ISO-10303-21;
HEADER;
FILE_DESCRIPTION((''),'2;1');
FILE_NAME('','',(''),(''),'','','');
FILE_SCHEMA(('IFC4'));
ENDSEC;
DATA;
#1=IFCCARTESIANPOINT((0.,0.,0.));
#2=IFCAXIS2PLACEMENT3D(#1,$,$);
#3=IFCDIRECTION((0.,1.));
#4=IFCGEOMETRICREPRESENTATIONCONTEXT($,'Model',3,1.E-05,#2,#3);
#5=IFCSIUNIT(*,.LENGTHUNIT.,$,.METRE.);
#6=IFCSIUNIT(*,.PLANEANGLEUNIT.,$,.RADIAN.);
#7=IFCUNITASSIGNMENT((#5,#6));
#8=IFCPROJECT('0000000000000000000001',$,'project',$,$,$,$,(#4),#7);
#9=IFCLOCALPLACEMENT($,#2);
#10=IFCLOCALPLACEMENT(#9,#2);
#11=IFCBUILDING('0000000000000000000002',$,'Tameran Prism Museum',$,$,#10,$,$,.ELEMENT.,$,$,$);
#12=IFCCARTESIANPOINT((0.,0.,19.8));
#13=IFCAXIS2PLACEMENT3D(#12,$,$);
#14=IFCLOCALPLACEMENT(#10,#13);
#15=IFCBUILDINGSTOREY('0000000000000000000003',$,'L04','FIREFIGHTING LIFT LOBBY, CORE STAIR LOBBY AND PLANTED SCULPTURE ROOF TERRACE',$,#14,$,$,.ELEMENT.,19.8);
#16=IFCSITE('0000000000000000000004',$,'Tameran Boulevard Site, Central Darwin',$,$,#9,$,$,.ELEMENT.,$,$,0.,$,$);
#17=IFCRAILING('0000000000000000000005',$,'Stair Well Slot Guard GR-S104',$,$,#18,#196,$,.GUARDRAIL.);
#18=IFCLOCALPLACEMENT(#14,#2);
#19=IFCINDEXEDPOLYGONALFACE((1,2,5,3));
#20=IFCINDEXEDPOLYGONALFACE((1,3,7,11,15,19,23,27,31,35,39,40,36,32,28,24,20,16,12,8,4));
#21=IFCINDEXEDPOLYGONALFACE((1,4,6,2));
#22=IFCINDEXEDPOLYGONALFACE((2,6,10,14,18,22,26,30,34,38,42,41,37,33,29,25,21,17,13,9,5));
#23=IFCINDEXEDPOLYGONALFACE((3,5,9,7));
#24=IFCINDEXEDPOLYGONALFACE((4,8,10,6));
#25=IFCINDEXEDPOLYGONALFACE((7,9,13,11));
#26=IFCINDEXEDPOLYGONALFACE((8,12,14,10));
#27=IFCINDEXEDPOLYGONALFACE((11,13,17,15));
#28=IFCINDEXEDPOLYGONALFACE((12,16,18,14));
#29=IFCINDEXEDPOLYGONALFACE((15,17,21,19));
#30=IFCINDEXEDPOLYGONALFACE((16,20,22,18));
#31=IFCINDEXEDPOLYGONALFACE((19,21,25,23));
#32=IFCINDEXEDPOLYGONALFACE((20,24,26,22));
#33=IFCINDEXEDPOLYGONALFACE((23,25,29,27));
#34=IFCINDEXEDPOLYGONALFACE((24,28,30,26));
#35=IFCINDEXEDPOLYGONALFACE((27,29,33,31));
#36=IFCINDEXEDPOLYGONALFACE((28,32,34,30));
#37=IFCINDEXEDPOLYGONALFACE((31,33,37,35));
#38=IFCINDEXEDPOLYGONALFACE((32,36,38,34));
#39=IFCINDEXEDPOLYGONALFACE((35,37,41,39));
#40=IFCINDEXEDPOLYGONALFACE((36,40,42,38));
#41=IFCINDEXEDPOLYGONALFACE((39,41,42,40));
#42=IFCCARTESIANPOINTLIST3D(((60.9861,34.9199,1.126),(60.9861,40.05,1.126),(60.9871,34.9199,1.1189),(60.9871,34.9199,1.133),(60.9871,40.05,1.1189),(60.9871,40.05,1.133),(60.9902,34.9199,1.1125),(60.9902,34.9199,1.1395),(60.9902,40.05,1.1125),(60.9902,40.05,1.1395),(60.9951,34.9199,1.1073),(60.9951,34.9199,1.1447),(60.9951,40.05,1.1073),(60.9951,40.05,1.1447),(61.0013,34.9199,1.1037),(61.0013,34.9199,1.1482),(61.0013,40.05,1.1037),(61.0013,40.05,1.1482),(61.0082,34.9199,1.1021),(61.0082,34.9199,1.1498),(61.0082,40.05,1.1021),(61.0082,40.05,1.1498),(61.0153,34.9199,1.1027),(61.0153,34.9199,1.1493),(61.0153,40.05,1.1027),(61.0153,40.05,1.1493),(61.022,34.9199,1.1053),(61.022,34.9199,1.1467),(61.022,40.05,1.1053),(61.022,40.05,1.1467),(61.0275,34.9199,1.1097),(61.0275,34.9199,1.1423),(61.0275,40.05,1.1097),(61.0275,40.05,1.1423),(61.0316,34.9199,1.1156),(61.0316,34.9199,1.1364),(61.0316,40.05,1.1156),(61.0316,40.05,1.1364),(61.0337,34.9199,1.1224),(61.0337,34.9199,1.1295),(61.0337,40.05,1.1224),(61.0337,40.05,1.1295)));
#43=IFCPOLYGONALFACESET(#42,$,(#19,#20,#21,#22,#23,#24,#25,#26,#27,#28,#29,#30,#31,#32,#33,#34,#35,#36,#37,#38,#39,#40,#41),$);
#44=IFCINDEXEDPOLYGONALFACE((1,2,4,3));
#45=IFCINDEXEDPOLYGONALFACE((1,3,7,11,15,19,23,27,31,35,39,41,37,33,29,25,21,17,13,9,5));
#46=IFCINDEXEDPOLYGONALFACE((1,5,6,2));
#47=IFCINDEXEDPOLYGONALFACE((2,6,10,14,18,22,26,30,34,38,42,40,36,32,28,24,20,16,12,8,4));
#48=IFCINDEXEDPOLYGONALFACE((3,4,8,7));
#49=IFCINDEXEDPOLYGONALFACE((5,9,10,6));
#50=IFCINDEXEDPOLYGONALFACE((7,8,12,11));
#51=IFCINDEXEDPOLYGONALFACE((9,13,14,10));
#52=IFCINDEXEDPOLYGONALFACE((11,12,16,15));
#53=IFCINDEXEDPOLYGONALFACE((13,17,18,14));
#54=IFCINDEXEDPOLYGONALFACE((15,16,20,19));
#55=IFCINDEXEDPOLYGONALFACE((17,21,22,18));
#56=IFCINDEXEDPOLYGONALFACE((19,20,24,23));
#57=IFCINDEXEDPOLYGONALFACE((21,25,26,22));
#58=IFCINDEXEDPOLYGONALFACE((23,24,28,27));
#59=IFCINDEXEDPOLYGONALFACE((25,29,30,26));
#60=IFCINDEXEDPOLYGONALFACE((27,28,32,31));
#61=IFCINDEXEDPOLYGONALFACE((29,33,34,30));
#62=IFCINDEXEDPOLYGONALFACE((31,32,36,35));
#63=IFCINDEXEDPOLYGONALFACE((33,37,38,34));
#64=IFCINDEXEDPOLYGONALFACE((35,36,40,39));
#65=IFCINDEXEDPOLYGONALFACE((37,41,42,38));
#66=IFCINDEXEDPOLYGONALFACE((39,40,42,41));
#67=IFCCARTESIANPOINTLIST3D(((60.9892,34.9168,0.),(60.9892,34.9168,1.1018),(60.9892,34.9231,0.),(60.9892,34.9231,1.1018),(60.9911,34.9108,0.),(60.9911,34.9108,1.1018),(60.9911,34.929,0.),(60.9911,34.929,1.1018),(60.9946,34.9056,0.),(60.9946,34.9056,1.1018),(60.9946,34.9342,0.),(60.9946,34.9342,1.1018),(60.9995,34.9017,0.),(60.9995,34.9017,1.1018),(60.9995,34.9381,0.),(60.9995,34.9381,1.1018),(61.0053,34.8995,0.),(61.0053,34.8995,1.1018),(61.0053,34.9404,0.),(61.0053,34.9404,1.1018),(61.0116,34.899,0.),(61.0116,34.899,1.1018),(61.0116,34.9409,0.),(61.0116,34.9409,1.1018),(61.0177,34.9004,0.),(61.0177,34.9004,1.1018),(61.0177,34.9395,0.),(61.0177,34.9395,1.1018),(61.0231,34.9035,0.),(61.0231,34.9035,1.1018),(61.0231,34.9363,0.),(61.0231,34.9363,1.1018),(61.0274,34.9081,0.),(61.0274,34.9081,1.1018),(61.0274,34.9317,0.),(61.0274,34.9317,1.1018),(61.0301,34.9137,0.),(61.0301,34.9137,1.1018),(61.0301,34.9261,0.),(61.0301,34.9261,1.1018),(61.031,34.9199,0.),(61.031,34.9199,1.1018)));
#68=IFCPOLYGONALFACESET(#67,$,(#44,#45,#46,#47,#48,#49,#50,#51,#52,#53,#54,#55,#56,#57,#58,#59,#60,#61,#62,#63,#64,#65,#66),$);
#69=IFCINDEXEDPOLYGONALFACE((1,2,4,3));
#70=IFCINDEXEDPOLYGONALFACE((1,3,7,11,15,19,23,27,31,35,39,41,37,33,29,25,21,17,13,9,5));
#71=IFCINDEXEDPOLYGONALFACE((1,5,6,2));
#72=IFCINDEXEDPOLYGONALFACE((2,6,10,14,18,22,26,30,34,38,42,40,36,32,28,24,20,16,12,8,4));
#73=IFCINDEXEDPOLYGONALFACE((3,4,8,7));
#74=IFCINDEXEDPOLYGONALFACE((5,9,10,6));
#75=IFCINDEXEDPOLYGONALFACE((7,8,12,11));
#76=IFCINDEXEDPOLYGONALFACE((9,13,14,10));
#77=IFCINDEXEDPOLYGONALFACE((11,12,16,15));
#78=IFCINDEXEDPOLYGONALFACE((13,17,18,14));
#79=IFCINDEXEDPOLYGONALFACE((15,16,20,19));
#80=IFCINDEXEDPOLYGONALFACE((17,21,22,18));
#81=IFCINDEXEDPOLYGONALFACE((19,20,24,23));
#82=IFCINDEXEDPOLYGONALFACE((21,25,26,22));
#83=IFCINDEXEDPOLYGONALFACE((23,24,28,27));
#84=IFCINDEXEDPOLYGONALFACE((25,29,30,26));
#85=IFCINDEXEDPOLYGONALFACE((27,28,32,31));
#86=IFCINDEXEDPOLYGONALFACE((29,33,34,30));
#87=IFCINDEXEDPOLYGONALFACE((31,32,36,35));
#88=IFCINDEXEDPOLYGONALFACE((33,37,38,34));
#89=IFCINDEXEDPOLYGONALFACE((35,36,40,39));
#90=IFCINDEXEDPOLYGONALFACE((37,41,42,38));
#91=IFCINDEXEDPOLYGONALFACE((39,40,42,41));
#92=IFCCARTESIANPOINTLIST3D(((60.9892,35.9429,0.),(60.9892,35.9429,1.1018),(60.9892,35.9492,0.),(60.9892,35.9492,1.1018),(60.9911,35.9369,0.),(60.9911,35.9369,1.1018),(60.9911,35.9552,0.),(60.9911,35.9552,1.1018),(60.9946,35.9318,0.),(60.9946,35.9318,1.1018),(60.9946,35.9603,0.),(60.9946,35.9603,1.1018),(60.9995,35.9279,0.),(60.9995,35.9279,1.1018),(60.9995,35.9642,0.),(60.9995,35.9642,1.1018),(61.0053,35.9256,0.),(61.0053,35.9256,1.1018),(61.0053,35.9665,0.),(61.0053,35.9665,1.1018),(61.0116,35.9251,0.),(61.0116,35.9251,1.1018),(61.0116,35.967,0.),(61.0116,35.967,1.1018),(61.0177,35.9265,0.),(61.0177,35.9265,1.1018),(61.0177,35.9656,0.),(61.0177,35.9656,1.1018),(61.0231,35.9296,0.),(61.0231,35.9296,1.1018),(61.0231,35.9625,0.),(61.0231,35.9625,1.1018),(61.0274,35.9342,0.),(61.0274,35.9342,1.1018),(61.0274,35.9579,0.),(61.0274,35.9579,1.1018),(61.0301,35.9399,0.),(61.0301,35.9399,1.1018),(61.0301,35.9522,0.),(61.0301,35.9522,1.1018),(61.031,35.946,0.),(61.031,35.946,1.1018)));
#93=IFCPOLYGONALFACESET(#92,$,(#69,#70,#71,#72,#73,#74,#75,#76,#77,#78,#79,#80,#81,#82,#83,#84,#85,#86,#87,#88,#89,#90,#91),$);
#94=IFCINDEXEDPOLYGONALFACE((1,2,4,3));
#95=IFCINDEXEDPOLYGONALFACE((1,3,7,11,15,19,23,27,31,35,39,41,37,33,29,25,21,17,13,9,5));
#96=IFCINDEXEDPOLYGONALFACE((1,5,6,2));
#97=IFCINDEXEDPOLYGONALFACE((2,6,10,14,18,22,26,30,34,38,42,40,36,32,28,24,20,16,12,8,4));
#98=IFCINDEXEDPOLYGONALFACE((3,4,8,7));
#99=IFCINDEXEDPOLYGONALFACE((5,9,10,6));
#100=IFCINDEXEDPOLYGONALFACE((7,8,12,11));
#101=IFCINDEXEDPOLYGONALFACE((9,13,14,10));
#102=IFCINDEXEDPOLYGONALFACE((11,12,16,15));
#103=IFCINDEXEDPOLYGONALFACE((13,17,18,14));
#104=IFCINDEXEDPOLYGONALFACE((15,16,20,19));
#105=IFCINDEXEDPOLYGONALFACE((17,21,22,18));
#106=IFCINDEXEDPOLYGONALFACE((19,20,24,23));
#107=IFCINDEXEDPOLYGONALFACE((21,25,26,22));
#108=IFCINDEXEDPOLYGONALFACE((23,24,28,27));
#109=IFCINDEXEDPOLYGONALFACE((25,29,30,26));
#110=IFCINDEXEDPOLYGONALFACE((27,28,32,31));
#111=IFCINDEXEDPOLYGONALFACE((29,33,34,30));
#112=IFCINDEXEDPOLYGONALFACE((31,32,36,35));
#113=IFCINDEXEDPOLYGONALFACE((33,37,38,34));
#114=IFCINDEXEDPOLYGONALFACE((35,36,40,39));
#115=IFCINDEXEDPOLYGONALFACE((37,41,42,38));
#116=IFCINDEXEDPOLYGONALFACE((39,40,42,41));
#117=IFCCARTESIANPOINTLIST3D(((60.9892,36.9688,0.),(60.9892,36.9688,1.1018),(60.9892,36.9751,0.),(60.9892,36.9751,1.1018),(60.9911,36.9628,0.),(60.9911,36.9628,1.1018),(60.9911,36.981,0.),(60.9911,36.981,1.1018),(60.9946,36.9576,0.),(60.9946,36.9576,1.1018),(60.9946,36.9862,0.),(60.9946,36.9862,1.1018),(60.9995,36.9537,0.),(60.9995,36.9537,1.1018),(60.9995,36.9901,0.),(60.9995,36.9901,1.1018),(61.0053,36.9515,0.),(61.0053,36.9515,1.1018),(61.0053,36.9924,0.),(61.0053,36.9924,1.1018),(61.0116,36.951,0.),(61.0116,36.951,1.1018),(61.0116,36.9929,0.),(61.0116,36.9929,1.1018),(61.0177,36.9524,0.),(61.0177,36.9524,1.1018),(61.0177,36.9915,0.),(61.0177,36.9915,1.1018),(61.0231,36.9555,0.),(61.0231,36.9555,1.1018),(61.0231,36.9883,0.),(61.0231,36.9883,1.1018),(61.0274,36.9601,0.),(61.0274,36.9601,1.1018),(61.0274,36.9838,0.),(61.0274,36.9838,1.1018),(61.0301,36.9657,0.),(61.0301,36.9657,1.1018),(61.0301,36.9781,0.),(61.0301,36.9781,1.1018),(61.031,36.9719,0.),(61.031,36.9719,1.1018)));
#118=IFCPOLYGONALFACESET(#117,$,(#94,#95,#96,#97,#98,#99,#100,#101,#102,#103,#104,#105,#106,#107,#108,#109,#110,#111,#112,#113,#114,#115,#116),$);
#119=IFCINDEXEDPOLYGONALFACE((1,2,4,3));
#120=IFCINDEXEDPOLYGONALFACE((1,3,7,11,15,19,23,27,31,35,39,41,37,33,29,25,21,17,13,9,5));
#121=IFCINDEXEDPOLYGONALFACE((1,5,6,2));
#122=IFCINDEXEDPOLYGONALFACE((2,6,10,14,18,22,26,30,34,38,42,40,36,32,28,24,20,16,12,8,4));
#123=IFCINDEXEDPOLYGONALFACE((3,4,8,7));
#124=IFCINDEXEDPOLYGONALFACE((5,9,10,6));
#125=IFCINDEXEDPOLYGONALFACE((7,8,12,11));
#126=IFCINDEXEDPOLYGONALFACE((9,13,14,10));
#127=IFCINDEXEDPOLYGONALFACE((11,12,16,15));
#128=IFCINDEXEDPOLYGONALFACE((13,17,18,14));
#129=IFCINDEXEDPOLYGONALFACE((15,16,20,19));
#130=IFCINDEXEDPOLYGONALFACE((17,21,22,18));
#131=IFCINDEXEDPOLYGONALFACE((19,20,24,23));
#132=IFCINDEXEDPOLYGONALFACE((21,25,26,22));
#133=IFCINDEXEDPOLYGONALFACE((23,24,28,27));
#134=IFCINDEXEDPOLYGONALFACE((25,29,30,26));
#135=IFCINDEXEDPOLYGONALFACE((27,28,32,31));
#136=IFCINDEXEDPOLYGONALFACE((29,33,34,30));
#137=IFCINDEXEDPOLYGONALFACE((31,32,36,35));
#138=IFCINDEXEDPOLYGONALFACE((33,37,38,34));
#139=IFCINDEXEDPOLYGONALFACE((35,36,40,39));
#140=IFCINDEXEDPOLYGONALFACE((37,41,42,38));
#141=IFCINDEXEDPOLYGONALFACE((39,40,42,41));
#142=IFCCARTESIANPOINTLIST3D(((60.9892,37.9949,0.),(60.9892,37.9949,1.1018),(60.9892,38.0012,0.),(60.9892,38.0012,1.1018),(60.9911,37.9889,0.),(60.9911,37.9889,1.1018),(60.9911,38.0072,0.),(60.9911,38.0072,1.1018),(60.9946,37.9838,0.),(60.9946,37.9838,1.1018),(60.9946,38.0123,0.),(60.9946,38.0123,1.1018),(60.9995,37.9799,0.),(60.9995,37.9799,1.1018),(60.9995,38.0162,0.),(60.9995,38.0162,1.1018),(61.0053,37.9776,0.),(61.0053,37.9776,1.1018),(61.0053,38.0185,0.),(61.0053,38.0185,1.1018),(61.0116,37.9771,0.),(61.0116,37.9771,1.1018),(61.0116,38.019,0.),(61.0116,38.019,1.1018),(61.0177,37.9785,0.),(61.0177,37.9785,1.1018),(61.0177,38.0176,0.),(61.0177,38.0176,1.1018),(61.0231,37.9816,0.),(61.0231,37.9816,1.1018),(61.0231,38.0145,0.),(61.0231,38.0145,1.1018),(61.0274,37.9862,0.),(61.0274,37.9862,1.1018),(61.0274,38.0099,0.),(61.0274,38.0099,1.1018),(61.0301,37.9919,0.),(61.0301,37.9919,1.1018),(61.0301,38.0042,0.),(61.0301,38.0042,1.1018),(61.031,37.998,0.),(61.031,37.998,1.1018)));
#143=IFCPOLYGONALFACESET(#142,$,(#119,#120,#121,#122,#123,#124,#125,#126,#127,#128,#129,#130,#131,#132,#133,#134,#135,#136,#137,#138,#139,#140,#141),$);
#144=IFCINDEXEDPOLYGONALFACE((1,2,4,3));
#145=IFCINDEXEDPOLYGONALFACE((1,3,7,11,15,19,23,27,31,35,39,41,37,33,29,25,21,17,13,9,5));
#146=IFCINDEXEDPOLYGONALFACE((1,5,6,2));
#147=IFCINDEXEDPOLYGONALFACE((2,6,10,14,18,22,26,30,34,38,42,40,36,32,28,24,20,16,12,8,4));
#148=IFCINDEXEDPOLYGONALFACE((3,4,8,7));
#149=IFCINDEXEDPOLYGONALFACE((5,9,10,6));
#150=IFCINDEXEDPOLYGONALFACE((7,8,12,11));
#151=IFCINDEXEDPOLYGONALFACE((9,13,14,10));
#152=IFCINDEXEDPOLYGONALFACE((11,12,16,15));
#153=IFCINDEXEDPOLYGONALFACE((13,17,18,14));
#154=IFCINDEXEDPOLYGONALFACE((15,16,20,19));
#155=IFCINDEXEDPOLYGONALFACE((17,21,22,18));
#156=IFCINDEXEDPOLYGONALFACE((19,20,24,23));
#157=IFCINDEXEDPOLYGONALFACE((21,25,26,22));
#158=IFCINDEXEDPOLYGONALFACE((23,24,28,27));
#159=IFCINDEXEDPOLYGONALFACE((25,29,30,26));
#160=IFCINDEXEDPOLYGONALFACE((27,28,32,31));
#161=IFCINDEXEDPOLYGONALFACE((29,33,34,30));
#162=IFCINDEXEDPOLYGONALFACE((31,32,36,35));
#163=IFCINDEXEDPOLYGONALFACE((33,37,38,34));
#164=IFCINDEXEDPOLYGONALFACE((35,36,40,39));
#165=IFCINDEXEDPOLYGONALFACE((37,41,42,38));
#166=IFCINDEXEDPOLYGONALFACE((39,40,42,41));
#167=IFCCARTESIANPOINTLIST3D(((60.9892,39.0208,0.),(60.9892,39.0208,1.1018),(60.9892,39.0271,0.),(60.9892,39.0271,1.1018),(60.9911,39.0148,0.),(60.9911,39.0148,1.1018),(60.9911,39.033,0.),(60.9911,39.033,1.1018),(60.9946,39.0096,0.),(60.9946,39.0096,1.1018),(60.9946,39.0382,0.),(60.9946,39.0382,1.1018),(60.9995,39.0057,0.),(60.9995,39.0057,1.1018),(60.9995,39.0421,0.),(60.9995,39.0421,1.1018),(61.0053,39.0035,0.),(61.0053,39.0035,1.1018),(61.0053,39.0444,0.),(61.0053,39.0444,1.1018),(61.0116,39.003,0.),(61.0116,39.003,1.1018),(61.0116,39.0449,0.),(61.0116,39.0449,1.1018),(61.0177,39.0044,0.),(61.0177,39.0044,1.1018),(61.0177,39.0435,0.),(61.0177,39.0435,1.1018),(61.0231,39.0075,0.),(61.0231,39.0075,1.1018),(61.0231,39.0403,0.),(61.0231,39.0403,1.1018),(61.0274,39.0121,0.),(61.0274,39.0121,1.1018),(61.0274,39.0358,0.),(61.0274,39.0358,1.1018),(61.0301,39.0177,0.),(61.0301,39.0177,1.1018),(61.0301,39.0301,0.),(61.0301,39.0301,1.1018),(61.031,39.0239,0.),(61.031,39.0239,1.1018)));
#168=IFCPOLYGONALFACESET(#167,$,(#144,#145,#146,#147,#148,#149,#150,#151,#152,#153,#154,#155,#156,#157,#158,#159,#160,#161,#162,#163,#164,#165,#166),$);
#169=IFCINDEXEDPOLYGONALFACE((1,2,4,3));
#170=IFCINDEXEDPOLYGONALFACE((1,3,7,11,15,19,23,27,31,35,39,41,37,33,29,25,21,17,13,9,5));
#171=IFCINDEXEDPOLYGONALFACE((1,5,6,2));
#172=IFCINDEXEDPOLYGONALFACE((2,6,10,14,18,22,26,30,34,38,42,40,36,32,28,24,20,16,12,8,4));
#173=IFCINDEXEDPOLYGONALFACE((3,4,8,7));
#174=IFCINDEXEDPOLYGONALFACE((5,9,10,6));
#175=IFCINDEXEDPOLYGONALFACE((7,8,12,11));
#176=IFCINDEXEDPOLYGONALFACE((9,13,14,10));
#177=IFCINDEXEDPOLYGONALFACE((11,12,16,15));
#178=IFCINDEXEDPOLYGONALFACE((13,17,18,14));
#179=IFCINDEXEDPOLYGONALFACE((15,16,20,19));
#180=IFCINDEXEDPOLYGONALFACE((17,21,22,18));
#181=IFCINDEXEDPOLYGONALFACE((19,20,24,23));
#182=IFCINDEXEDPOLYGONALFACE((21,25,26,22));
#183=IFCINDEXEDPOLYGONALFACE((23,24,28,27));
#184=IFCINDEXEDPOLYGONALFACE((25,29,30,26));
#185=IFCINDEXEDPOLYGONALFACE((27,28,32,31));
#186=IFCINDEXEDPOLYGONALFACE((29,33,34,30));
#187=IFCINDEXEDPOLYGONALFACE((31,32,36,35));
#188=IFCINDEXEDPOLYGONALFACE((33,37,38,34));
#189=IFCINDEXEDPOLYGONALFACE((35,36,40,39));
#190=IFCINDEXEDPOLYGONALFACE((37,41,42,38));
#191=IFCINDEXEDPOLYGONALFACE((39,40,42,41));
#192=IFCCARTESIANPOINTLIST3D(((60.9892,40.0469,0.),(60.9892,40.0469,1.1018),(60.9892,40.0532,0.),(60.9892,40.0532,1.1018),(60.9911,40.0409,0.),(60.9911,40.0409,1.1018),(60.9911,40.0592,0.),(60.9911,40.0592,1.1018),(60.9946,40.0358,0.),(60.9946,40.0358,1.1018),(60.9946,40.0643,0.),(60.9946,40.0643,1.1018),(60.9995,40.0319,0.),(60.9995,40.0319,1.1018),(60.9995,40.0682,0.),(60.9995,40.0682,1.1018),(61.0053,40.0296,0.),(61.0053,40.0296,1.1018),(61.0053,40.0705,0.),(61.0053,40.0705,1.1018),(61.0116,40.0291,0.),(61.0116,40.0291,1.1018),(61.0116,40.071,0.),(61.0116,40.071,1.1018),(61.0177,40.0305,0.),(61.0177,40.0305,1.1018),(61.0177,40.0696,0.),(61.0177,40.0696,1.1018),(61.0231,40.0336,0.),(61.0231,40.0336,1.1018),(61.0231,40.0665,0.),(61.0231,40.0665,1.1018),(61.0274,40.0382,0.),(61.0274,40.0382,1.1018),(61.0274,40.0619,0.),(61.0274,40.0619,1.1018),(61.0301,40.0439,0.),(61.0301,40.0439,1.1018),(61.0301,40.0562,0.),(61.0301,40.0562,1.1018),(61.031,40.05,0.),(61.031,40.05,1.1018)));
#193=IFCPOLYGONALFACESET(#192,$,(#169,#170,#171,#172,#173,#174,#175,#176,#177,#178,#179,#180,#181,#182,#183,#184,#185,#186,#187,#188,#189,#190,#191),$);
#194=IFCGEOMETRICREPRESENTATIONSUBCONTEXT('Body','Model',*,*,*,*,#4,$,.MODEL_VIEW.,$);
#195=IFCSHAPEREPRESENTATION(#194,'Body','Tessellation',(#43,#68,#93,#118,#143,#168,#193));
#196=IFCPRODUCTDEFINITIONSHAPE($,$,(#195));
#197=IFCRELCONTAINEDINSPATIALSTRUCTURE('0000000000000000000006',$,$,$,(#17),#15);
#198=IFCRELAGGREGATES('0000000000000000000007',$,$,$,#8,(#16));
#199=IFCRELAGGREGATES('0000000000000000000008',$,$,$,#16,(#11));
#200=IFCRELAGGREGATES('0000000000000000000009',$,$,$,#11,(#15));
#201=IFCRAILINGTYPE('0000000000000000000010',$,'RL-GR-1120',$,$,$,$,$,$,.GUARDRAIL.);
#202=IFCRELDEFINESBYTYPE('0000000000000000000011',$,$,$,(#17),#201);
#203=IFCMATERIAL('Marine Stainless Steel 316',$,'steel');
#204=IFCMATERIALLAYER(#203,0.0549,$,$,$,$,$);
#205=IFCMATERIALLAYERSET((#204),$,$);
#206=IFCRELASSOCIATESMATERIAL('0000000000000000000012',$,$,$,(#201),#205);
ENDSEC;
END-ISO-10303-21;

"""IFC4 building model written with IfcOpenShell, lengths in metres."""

from ifc_helpers import new_model, si_unit, direction, frame, origin, origin_2d, place, context, subcontext, project, spatial, circle, extrude, material, layer, layer_set, type_object, element, save


model = new_model("IFC4")

# Units and contexts
model_context = context("Model", 3, precision=1e-05, world=origin(), true_north=direction((0.0, 1.0)))
body_context = subcontext(model_context, "Body", "Model", "MODEL_VIEW")
ifc_project = project(units=[si_unit("LENGTHUNIT", "METRE"), si_unit("PLANEANGLEUNIT", "RADIAN")], contexts=[model_context])

# Site, building, storey
site_placement = place(None, origin())
site = spatial("IfcSite", under=ifc_project, at=site_placement, Name="Tameran Boulevard Site, Central Darwin", CompositionType="ELEMENT", RefElevation=0.0)
building_placement = place(site_placement, origin())
building = spatial("IfcBuilding", under=site, at=building_placement, Name="Tameran Prism Museum", CompositionType="ELEMENT")
storey_placement = place(building_placement, frame((0.0, 0.0, 19.8)))
storey = spatial("IfcBuildingStorey", under=building, at=storey_placement, Name="L04", Description="FIREFIGHTING LIFT LOBBY, CORE STAIR LOBBY AND PLANTED SCULPTURE ROOF TERRACE", CompositionType="ELEMENT", Elevation=19.8)

# Railing
ifc_material_1 = material(Name="Marine Stainless Steel 316", Category="steel")
ifc_layer_1 = layer(ifc_material_1, 0.0549)
ifc_layer_set_1 = layer_set([ifc_layer_1])
railing_type_1 = type_object("IfcRailingType", Name="RL-GR-1120", PredefinedType="GUARDRAIL", material=ifc_layer_set_1)
railing_1_placement = place(storey_placement, frame((61.01, 34.9199, 0.0)))
element("IfcRailing", 1, at=railing_1_placement, inside=storey, type_object=railing_type_1, Name="Stair Well Slot Guard GR-S104", PredefinedType="GUARDRAIL", context=body_context, shape_type="SweptSolid", body=[
    extrude(circle(Radius=0.0239, at=origin_2d()), frame((0.0, 0.0, 1.126), z_axis=(0.0, 1.0, 0.0), x_axis=(-1.0, 0.0, 0.0)), (0.0, 0.0, 1.0), 5.1301),
    extrude(circle(Radius=0.021, at=origin_2d()), origin(), (0.0, 0.0, 1.0), 1.1018),
    extrude(circle(Radius=0.021, at=origin_2d()), frame((0.0, 1.0261, 0.0)), (0.0, 0.0, 1.0), 1.1018),
    extrude(circle(Radius=0.021, at=origin_2d()), frame((0.0, 2.052, 0.0)), (0.0, 0.0, 1.0), 1.1018),
    extrude(circle(Radius=0.021, at=origin_2d()), frame((0.0, 3.0781, 0.0)), (0.0, 0.0, 1.0), 1.1018),
    extrude(circle(Radius=0.021, at=origin_2d()), frame((0.0, 4.104, 0.0)), (0.0, 0.0, 1.0), 1.1018),
    extrude(circle(Radius=0.021, at=origin_2d()), frame((0.0, 5.1301, 0.0)), (0.0, 0.0, 1.0), 1.1018),
])

save(model, "model.ifc")
